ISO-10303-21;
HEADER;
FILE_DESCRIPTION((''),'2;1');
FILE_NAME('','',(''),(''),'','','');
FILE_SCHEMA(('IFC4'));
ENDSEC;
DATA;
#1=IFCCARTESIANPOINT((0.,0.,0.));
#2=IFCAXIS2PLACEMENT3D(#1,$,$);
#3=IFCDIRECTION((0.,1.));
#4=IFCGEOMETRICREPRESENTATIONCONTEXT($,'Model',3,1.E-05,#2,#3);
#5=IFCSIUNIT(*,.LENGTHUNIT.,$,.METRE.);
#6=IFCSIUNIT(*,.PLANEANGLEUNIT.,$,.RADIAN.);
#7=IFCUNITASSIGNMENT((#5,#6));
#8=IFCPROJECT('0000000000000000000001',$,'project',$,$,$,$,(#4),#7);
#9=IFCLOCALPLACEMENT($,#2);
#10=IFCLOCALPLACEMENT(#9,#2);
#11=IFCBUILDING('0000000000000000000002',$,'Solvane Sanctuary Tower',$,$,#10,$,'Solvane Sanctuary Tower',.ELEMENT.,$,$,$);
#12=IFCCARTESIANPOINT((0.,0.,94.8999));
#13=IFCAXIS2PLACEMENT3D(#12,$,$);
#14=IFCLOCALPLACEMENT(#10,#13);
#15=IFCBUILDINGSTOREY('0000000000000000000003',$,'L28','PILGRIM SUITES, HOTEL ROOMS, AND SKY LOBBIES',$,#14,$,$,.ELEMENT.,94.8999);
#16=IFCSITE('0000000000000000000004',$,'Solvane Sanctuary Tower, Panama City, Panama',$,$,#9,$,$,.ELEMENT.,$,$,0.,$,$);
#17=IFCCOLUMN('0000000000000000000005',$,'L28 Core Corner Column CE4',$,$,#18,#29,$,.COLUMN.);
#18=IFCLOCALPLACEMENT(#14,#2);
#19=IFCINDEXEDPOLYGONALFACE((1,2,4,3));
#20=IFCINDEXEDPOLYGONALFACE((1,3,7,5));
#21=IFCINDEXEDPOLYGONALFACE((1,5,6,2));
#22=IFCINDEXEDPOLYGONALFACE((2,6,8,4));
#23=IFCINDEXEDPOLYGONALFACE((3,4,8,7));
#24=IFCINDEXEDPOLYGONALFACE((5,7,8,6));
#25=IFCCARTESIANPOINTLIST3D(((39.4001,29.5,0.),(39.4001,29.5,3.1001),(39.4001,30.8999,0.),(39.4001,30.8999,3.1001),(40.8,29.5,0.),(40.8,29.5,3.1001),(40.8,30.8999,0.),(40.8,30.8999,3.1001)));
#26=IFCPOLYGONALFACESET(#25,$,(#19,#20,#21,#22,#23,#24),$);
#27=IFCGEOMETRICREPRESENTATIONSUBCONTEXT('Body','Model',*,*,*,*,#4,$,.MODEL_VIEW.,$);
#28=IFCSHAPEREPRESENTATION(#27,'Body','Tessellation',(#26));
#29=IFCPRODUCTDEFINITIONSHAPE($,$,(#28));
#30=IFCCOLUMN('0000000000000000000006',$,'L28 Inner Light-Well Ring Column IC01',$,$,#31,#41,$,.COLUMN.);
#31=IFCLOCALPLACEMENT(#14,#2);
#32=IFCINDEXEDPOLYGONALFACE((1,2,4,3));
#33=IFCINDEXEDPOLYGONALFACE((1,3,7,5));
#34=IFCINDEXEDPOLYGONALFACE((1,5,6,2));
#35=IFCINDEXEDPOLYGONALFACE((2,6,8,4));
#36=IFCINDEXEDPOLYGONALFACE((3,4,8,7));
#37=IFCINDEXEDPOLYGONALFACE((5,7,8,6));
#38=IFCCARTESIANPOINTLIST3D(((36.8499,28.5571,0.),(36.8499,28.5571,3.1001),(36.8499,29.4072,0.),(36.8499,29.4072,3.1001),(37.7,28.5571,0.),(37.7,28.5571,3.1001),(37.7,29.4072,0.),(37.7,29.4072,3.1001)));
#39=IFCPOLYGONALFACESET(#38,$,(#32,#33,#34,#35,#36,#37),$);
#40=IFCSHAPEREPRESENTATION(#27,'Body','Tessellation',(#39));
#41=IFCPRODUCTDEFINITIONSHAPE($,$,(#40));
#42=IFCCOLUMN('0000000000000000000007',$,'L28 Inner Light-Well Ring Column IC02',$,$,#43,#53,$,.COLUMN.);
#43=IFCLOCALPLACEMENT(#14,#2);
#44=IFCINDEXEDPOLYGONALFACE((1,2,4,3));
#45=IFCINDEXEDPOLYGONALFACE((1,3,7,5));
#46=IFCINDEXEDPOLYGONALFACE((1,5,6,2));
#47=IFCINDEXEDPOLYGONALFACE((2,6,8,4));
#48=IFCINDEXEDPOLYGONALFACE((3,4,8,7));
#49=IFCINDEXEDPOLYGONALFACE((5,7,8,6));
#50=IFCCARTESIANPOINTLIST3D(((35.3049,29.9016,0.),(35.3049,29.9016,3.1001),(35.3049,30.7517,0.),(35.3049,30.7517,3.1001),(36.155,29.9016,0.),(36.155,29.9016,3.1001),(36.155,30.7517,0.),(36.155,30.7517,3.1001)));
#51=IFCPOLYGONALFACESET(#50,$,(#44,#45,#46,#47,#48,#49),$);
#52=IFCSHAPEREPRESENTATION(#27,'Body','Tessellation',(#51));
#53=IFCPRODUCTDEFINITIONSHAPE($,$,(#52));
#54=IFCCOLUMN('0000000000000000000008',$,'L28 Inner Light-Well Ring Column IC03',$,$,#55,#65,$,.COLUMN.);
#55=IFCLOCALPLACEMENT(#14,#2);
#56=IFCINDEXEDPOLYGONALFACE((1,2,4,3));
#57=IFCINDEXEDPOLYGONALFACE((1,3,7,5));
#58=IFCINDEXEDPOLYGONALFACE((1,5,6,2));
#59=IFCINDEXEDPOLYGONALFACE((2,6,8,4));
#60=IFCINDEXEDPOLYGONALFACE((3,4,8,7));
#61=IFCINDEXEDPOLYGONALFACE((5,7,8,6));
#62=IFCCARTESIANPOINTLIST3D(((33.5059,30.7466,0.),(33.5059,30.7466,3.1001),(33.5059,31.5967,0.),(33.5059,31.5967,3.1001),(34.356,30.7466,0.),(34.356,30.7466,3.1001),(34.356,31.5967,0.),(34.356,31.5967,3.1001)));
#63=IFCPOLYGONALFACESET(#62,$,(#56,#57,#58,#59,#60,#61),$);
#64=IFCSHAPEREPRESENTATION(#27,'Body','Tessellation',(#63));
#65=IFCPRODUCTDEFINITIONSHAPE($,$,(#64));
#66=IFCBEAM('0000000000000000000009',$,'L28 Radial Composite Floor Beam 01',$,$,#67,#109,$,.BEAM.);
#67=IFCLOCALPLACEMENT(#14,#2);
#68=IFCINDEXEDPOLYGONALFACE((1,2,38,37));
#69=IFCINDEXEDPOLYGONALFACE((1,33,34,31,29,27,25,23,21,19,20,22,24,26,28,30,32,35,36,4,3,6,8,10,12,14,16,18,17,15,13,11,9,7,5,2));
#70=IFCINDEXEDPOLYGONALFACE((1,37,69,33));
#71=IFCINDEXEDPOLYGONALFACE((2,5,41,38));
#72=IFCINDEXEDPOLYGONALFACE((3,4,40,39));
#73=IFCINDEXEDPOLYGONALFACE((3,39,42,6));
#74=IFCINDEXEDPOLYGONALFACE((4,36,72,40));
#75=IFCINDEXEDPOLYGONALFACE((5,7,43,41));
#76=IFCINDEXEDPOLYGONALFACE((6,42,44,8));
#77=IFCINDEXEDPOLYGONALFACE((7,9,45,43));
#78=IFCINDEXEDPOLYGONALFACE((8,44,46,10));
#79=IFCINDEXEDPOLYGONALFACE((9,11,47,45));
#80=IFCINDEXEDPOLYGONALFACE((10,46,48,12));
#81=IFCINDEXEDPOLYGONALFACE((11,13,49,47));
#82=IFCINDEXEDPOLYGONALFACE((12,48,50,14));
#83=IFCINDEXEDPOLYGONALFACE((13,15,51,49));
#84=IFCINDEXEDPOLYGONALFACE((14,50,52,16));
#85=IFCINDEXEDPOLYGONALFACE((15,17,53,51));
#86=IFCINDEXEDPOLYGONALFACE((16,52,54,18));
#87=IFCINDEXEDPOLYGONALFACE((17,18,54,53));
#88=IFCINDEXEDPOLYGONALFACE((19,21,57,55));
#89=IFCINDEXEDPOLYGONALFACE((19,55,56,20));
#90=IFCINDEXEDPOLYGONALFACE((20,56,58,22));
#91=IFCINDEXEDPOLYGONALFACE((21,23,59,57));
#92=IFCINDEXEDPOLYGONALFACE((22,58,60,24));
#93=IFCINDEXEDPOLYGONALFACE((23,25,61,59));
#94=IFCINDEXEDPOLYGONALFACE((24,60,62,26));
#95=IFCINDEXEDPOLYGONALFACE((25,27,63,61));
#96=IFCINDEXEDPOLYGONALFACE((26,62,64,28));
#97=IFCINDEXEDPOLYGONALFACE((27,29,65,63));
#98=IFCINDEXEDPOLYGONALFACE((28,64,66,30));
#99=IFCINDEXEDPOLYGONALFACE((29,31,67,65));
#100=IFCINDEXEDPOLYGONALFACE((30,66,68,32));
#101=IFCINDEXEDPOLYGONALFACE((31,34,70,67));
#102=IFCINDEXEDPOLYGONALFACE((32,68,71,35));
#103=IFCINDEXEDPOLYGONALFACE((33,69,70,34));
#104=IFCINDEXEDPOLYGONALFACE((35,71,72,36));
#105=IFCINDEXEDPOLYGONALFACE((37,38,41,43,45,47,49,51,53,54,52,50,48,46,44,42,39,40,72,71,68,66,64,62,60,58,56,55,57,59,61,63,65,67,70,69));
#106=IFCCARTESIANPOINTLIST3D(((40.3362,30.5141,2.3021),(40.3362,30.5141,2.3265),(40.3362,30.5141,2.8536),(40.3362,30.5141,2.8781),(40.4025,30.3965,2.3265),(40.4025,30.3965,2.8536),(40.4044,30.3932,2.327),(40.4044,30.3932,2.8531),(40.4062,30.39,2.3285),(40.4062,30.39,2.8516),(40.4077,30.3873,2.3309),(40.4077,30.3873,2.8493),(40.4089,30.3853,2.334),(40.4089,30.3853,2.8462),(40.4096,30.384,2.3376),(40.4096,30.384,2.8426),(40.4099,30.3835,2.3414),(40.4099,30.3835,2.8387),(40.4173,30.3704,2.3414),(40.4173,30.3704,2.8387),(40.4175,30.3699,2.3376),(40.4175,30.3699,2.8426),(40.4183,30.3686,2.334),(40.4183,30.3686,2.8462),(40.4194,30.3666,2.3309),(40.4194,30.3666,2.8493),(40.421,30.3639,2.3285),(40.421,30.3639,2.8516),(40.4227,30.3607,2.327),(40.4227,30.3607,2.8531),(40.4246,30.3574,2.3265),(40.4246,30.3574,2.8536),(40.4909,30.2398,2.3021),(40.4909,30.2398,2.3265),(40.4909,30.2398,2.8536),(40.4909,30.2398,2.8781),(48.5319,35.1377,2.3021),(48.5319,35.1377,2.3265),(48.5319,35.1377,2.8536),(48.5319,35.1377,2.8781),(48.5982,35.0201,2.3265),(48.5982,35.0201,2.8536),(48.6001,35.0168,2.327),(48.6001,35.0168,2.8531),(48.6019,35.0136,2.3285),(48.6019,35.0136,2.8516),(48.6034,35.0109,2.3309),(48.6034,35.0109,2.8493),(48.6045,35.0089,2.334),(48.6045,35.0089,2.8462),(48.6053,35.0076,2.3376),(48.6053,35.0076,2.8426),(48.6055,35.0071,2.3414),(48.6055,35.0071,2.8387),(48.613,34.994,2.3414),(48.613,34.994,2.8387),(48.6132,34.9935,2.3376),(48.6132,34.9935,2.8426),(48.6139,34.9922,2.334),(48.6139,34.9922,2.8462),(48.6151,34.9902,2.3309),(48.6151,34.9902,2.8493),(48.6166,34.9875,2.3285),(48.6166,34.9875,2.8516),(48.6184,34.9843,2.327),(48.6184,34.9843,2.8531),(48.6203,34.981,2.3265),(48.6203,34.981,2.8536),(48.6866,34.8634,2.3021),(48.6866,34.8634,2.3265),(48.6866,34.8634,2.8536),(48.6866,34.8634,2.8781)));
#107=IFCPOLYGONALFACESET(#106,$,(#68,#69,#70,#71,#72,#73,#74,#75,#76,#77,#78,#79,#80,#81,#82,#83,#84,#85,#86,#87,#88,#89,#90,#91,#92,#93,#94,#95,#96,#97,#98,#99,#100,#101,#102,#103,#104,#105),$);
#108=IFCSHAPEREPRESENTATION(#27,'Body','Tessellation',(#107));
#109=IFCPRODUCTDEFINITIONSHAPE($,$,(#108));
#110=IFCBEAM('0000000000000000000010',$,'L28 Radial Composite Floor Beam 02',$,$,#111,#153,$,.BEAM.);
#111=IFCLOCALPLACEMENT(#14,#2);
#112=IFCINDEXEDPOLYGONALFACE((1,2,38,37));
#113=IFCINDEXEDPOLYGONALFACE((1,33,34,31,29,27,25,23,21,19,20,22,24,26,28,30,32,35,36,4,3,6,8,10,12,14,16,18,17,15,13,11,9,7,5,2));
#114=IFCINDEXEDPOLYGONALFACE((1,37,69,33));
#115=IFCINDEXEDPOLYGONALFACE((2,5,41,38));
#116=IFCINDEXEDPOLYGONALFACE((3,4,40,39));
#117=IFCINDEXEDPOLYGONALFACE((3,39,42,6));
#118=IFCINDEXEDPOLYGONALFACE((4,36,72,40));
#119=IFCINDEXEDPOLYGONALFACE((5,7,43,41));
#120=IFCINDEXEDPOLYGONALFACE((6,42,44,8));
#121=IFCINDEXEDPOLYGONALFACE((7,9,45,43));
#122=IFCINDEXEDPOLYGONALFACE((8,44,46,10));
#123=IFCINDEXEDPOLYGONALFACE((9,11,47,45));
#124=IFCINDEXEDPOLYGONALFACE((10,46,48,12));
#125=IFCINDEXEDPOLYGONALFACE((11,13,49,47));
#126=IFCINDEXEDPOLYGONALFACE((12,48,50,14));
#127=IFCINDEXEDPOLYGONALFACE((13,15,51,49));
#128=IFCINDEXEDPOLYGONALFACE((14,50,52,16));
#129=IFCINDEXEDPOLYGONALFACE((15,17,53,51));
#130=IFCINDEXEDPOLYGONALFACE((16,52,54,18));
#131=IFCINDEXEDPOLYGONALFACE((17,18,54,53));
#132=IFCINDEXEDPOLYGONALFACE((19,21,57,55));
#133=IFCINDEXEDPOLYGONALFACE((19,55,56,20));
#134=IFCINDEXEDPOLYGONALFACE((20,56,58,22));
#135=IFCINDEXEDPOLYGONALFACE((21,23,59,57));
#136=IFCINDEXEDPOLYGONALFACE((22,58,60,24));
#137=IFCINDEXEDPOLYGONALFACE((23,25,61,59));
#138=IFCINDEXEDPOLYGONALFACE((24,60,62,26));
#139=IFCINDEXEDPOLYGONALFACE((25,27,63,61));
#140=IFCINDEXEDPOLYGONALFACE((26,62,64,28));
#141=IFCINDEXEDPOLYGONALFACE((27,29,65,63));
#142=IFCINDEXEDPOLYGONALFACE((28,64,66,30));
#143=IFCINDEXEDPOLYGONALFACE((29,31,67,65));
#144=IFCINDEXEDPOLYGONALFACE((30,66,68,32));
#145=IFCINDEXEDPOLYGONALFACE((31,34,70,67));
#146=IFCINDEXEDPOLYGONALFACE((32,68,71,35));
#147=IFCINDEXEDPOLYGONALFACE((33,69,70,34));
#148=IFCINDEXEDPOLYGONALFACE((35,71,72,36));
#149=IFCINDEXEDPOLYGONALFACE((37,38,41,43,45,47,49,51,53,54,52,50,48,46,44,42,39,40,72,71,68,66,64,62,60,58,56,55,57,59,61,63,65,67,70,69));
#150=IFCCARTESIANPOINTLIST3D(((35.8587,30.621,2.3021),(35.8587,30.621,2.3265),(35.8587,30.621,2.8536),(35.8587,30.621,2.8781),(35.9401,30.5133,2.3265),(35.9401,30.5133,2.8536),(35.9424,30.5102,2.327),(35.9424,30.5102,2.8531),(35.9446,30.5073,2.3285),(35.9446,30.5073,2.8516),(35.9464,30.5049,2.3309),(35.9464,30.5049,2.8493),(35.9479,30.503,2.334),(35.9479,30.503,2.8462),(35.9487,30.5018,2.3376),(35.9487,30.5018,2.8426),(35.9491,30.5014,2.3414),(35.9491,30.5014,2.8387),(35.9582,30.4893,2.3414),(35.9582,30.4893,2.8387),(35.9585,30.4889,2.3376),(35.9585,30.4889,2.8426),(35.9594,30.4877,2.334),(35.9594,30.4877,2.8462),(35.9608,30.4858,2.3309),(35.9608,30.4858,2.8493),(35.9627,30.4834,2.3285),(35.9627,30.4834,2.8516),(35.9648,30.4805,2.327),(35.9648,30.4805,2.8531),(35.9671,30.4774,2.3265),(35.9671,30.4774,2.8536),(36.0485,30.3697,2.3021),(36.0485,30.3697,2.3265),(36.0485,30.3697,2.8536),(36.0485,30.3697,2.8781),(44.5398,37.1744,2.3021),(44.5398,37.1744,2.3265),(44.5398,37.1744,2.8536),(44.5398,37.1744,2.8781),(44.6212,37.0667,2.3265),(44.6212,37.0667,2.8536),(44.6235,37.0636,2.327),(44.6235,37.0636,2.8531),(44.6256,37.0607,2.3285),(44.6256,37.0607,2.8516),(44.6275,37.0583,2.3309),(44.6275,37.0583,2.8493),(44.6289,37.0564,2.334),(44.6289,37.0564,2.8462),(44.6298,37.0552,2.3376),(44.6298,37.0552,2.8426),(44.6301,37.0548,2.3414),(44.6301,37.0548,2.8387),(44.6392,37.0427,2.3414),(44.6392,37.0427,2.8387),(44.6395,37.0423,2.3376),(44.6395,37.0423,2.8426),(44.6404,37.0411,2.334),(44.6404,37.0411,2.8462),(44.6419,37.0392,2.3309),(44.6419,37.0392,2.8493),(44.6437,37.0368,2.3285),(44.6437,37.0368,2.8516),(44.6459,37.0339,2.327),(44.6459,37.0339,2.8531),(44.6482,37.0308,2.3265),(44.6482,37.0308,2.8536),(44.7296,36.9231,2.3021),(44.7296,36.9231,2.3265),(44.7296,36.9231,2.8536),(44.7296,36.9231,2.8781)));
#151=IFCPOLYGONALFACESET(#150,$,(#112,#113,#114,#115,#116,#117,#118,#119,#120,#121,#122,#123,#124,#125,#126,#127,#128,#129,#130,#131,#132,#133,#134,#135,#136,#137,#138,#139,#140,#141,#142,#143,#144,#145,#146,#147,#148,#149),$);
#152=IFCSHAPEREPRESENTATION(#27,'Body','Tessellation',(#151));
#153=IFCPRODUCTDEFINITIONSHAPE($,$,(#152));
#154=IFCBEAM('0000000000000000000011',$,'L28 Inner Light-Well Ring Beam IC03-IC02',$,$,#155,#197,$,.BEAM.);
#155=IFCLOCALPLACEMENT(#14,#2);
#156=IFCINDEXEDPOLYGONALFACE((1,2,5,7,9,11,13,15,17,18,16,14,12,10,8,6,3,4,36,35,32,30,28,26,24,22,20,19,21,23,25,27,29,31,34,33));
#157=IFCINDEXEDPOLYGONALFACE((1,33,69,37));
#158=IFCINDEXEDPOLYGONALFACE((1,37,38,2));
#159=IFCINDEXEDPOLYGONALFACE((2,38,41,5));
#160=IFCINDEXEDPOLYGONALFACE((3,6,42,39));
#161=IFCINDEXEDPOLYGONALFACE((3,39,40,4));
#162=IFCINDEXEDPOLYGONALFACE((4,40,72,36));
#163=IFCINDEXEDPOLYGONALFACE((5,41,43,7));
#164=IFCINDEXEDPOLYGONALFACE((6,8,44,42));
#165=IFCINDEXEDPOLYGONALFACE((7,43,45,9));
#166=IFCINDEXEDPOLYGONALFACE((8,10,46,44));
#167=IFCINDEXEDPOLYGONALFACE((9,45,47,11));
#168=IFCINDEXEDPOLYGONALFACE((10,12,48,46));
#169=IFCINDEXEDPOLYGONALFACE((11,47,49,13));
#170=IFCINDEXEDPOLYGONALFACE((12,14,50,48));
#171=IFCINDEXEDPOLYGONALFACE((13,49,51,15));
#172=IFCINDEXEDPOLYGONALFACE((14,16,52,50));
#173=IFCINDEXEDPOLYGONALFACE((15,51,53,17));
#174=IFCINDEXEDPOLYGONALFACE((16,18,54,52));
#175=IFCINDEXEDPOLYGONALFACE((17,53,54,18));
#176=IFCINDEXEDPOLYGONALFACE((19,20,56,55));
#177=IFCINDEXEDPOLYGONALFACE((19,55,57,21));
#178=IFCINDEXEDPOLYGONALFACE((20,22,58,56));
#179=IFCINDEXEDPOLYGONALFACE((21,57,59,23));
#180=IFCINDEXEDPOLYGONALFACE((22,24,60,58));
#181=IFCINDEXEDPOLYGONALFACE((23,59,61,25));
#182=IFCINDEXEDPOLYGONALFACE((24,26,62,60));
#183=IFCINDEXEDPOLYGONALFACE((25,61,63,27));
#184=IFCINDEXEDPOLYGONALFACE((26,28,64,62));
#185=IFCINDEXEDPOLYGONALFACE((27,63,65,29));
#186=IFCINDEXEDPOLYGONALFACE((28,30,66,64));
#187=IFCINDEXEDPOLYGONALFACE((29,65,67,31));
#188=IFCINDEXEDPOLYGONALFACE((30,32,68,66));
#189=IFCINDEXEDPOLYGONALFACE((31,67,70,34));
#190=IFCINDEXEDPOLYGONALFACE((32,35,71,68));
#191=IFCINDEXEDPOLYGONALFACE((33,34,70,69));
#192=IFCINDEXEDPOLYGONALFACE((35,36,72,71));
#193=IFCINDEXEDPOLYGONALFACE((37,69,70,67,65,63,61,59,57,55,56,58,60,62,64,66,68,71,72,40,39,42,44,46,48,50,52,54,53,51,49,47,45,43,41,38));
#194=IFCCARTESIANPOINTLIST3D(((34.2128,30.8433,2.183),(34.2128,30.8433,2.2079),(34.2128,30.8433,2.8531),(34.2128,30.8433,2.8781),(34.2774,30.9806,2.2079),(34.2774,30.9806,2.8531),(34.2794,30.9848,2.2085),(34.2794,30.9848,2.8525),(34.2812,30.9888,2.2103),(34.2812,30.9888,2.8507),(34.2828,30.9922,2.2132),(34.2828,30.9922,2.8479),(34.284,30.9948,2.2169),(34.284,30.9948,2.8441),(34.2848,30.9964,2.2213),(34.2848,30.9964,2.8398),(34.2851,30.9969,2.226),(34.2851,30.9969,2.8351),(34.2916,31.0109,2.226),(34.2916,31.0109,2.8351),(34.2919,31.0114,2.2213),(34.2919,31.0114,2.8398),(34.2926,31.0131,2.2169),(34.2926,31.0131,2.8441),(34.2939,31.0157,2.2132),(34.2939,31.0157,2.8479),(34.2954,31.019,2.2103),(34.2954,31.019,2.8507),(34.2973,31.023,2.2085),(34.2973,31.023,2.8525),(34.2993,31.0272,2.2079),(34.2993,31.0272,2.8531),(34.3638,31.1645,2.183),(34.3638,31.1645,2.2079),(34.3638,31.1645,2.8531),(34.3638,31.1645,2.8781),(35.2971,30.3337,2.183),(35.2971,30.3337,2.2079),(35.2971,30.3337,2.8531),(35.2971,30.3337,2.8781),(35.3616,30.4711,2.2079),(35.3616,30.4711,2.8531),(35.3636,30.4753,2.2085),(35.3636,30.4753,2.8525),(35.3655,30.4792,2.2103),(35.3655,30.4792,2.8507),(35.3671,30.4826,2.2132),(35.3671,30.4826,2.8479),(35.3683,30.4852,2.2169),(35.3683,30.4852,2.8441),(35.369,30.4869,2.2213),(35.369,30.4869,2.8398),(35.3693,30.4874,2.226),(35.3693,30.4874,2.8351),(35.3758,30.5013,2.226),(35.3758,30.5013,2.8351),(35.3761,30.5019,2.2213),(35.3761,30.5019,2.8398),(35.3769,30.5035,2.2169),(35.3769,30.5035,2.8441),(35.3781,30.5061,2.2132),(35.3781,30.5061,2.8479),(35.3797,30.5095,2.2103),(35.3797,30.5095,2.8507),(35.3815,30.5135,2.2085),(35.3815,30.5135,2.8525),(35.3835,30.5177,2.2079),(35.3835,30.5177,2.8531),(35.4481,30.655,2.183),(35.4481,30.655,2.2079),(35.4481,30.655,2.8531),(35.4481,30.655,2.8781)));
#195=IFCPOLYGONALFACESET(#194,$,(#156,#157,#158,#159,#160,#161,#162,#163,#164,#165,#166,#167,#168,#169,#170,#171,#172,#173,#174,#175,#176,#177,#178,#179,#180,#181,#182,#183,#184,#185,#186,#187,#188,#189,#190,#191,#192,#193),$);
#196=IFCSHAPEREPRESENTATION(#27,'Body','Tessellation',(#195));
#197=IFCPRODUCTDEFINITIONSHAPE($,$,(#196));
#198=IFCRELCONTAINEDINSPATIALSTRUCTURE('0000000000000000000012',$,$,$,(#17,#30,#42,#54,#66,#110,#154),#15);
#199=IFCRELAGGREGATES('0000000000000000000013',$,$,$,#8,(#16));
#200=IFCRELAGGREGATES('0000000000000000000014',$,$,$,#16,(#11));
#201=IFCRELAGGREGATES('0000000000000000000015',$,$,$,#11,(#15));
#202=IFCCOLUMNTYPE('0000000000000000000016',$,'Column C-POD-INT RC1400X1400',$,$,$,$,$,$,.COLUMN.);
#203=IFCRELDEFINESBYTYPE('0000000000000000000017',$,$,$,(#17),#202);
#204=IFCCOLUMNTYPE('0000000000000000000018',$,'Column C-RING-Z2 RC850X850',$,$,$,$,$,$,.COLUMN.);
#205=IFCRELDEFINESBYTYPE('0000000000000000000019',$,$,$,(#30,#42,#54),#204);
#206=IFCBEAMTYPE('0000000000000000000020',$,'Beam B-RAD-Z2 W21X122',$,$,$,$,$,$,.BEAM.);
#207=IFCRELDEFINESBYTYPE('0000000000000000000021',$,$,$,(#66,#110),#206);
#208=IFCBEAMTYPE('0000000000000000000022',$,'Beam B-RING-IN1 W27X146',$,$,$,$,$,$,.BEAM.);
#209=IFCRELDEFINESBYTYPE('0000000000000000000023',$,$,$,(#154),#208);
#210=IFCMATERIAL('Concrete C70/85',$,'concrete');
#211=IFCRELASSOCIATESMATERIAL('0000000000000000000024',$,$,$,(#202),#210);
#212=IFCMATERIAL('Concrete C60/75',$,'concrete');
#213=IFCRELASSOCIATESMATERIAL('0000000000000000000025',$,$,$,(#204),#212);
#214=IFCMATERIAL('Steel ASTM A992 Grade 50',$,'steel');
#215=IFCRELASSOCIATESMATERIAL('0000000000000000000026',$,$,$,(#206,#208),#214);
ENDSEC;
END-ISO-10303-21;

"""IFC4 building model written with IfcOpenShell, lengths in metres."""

from ifc_helpers import new_model, si_unit, direction, frame, origin, origin_2d, place, context, subcontext, project, spatial, rectangle, i_section, extrude, material, material_profile, profile_set, type_object, element, save


model = new_model("IFC4")

# Units and contexts
model_context = context("Model", 3, precision=1e-05, world=origin(), true_north=direction((0.0, 1.0)))
body_context = subcontext(model_context, "Body", "Model", "MODEL_VIEW")
ifc_project = project(units=[si_unit("LENGTHUNIT", "METRE"), si_unit("PLANEANGLEUNIT", "RADIAN")], contexts=[model_context])

# Site, building, storey
site_placement = place(None, origin())
site = spatial("IfcSite", under=ifc_project, at=site_placement, Name="Solvane Sanctuary Tower, Panama City, Panama", CompositionType="ELEMENT", RefElevation=0.0)
building_placement = place(site_placement, origin())
building = spatial("IfcBuilding", under=site, at=building_placement, Name="Solvane Sanctuary Tower", LongName="Solvane Sanctuary Tower", CompositionType="ELEMENT")
storey_placement = place(building_placement, frame((0.0, 0.0, 94.8999)))
storey = spatial("IfcBuildingStorey", under=building, at=storey_placement, Name="L28", Description="PILGRIM SUITES, HOTEL ROOMS, AND SKY LOBBIES", CompositionType="ELEMENT", Elevation=94.8999)

# Columns
ifc_material_1 = material(Name="Concrete C70/85", Category="concrete")
ifc_material_profile_1 = material_profile(ifc_material_1, rectangle(XDim=1.3999, YDim=1.3999, at=origin_2d()), Name="RC1400X1400")
ifc_profile_set_1 = profile_set([ifc_material_profile_1], Name="Concrete C70/85")
column_type_1 = type_object("IfcColumnType", Name="Column C-POD-INT RC1400X1400", PredefinedType="COLUMN", material=ifc_profile_set_1)
column_placement = place(storey_placement, frame((40.1001, 30.2, 0.0), z_axis=(0.0, 0.0, 1.0), x_axis=(1.0, 0.0, 0.0)))
element("IfcColumn", 1, at=column_placement, inside=storey, type_object=column_type_1, Name="L28 Core Corner Column CE4", PredefinedType="COLUMN", context=body_context, shape_type="SweptSolid", body=[
    extrude(rectangle(XDim=1.3999, YDim=1.3999, at=origin_2d()), origin(), (0.0, 0.0, 1.0), 3.1001),
])
ifc_material_2 = material(Name="Concrete C60/75", Category="concrete")
ifc_material_profile_2 = material_profile(ifc_material_2, rectangle(XDim=0.8501, YDim=0.8501, at=origin_2d()), Name="RC850X850")
ifc_profile_set_2 = profile_set([ifc_material_profile_2], Name="Concrete C60/75")
column_type_2 = type_object("IfcColumnType", Name="Column C-RING-Z2 RC850X850", PredefinedType="COLUMN", material=ifc_profile_set_2)
for number, where, z_axis, x_axis, name in (
    (2, (37.2749, 28.9822, 0.0), (0.0, 0.0, 1.0), (1.0, 0.0, 0.0), "L28 Inner Light-Well Ring Column IC01"),
    (3, (35.73, 30.3267, 0.0), (0.0, 0.0, 1.0), (1.0, 0.0, 0.0), "L28 Inner Light-Well Ring Column IC02"),
    (4, (33.9309, 31.1716, 0.0), (0.0, 0.0, 1.0), (1.0, 0.0, 0.0), "L28 Inner Light-Well Ring Column IC03"),
):
    element("IfcColumn", number, at=place(storey_placement, frame(where, z_axis=z_axis, x_axis=x_axis)), inside=storey, type_object=column_type_2, Name=name, PredefinedType="COLUMN", context=body_context, shape_type="SweptSolid", body=[
        extrude(rectangle(XDim=0.8501, YDim=0.8501, at=origin_2d()), origin(), (0.0, 0.0, 1.0), 3.1001),
    ])

# Beams
ifc_material_3 = material(Name="Steel ASTM A992 Grade 50", Category="steel")
ifc_material_profile_3 = material_profile(ifc_material_3, i_section(OverallWidth=0.3149, OverallDepth=0.5759, WebThickness=0.0151, FlangeThickness=0.0244, FilletRadius=0.0149, at=origin_2d()), Name="W21X122")
ifc_profile_set_3 = profile_set([ifc_material_profile_3], Name="Steel ASTM A992 Grade 50")
beam_type_1 = type_object("IfcBeamType", Name="Beam B-RAD-Z2 W21X122", PredefinedType="BEAM", material=ifc_profile_set_3)
beam_1_placement = place(storey_placement, frame((40.4136, 30.377, 2.5901), z_axis=(0.87096, 0.491353, 0.0), x_axis=(-0.491353, 0.87096, 0.0)))
element("IfcBeam", 5, at=beam_1_placement, inside=storey, type_object=beam_type_1, Name="L28 Radial Composite Floor Beam 01", PredefinedType="BEAM", context=body_context, shape_type="SweptSolid", body=[
    extrude(i_section(OverallWidth=0.3149, OverallDepth=0.5759, WebThickness=0.0151, FlangeThickness=0.0244, FilletRadius=0.0149, at=origin_2d()), origin(), (0.0, 0.0, 1.0), 9.4099),
])
beam_2_placement = place(storey_placement, frame((35.9536, 30.4954, 2.5901), z_axis=(0.798116, 0.602504, 0.0), x_axis=(-0.602504, 0.798116, 0.0)))
element("IfcBeam", 6, at=beam_2_placement, inside=storey, type_object=beam_type_1, Name="L28 Radial Composite Floor Beam 02", PredefinedType="BEAM", context=body_context, shape_type="SweptSolid", body=[
    extrude(i_section(OverallWidth=0.3149, OverallDepth=0.5759, WebThickness=0.0151, FlangeThickness=0.0244, FilletRadius=0.0149, at=origin_2d()), origin(), (0.0, 0.0, 1.0), 10.877),
])
ifc_material_profile_4 = material_profile(ifc_material_3, i_section(OverallWidth=0.355, OverallDepth=0.6951, WebThickness=0.0154, FlangeThickness=0.0249, FilletRadius=0.0181, at=origin_2d()), Name="W27X146")
ifc_profile_set_4 = profile_set([ifc_material_profile_4], Name="Steel ASTM A992 Grade 50")
beam_type_2 = type_object("IfcBeamType", Name="Beam B-RING-IN1 W27X146", PredefinedType="BEAM", material=ifc_profile_set_4)
beam_3_placement = place(storey_placement, frame((34.2883, 31.0039, 2.5305), z_axis=(0.905045, -0.425316, 0.0), x_axis=(0.425316, 0.905045, 0.0)))
element("IfcBeam", 7, at=beam_3_placement, inside=storey, type_object=beam_type_2, Name="L28 Inner Light-Well Ring Beam IC03-IC02", PredefinedType="BEAM", context=body_context, shape_type="SweptSolid", body=[
    extrude(i_section(OverallWidth=0.355, OverallDepth=0.6951, WebThickness=0.0154, FlangeThickness=0.0249, FilletRadius=0.0181, at=origin_2d()), origin(), (0.0, 0.0, 1.0), 1.198),
])

save(model, "model.ifc")
